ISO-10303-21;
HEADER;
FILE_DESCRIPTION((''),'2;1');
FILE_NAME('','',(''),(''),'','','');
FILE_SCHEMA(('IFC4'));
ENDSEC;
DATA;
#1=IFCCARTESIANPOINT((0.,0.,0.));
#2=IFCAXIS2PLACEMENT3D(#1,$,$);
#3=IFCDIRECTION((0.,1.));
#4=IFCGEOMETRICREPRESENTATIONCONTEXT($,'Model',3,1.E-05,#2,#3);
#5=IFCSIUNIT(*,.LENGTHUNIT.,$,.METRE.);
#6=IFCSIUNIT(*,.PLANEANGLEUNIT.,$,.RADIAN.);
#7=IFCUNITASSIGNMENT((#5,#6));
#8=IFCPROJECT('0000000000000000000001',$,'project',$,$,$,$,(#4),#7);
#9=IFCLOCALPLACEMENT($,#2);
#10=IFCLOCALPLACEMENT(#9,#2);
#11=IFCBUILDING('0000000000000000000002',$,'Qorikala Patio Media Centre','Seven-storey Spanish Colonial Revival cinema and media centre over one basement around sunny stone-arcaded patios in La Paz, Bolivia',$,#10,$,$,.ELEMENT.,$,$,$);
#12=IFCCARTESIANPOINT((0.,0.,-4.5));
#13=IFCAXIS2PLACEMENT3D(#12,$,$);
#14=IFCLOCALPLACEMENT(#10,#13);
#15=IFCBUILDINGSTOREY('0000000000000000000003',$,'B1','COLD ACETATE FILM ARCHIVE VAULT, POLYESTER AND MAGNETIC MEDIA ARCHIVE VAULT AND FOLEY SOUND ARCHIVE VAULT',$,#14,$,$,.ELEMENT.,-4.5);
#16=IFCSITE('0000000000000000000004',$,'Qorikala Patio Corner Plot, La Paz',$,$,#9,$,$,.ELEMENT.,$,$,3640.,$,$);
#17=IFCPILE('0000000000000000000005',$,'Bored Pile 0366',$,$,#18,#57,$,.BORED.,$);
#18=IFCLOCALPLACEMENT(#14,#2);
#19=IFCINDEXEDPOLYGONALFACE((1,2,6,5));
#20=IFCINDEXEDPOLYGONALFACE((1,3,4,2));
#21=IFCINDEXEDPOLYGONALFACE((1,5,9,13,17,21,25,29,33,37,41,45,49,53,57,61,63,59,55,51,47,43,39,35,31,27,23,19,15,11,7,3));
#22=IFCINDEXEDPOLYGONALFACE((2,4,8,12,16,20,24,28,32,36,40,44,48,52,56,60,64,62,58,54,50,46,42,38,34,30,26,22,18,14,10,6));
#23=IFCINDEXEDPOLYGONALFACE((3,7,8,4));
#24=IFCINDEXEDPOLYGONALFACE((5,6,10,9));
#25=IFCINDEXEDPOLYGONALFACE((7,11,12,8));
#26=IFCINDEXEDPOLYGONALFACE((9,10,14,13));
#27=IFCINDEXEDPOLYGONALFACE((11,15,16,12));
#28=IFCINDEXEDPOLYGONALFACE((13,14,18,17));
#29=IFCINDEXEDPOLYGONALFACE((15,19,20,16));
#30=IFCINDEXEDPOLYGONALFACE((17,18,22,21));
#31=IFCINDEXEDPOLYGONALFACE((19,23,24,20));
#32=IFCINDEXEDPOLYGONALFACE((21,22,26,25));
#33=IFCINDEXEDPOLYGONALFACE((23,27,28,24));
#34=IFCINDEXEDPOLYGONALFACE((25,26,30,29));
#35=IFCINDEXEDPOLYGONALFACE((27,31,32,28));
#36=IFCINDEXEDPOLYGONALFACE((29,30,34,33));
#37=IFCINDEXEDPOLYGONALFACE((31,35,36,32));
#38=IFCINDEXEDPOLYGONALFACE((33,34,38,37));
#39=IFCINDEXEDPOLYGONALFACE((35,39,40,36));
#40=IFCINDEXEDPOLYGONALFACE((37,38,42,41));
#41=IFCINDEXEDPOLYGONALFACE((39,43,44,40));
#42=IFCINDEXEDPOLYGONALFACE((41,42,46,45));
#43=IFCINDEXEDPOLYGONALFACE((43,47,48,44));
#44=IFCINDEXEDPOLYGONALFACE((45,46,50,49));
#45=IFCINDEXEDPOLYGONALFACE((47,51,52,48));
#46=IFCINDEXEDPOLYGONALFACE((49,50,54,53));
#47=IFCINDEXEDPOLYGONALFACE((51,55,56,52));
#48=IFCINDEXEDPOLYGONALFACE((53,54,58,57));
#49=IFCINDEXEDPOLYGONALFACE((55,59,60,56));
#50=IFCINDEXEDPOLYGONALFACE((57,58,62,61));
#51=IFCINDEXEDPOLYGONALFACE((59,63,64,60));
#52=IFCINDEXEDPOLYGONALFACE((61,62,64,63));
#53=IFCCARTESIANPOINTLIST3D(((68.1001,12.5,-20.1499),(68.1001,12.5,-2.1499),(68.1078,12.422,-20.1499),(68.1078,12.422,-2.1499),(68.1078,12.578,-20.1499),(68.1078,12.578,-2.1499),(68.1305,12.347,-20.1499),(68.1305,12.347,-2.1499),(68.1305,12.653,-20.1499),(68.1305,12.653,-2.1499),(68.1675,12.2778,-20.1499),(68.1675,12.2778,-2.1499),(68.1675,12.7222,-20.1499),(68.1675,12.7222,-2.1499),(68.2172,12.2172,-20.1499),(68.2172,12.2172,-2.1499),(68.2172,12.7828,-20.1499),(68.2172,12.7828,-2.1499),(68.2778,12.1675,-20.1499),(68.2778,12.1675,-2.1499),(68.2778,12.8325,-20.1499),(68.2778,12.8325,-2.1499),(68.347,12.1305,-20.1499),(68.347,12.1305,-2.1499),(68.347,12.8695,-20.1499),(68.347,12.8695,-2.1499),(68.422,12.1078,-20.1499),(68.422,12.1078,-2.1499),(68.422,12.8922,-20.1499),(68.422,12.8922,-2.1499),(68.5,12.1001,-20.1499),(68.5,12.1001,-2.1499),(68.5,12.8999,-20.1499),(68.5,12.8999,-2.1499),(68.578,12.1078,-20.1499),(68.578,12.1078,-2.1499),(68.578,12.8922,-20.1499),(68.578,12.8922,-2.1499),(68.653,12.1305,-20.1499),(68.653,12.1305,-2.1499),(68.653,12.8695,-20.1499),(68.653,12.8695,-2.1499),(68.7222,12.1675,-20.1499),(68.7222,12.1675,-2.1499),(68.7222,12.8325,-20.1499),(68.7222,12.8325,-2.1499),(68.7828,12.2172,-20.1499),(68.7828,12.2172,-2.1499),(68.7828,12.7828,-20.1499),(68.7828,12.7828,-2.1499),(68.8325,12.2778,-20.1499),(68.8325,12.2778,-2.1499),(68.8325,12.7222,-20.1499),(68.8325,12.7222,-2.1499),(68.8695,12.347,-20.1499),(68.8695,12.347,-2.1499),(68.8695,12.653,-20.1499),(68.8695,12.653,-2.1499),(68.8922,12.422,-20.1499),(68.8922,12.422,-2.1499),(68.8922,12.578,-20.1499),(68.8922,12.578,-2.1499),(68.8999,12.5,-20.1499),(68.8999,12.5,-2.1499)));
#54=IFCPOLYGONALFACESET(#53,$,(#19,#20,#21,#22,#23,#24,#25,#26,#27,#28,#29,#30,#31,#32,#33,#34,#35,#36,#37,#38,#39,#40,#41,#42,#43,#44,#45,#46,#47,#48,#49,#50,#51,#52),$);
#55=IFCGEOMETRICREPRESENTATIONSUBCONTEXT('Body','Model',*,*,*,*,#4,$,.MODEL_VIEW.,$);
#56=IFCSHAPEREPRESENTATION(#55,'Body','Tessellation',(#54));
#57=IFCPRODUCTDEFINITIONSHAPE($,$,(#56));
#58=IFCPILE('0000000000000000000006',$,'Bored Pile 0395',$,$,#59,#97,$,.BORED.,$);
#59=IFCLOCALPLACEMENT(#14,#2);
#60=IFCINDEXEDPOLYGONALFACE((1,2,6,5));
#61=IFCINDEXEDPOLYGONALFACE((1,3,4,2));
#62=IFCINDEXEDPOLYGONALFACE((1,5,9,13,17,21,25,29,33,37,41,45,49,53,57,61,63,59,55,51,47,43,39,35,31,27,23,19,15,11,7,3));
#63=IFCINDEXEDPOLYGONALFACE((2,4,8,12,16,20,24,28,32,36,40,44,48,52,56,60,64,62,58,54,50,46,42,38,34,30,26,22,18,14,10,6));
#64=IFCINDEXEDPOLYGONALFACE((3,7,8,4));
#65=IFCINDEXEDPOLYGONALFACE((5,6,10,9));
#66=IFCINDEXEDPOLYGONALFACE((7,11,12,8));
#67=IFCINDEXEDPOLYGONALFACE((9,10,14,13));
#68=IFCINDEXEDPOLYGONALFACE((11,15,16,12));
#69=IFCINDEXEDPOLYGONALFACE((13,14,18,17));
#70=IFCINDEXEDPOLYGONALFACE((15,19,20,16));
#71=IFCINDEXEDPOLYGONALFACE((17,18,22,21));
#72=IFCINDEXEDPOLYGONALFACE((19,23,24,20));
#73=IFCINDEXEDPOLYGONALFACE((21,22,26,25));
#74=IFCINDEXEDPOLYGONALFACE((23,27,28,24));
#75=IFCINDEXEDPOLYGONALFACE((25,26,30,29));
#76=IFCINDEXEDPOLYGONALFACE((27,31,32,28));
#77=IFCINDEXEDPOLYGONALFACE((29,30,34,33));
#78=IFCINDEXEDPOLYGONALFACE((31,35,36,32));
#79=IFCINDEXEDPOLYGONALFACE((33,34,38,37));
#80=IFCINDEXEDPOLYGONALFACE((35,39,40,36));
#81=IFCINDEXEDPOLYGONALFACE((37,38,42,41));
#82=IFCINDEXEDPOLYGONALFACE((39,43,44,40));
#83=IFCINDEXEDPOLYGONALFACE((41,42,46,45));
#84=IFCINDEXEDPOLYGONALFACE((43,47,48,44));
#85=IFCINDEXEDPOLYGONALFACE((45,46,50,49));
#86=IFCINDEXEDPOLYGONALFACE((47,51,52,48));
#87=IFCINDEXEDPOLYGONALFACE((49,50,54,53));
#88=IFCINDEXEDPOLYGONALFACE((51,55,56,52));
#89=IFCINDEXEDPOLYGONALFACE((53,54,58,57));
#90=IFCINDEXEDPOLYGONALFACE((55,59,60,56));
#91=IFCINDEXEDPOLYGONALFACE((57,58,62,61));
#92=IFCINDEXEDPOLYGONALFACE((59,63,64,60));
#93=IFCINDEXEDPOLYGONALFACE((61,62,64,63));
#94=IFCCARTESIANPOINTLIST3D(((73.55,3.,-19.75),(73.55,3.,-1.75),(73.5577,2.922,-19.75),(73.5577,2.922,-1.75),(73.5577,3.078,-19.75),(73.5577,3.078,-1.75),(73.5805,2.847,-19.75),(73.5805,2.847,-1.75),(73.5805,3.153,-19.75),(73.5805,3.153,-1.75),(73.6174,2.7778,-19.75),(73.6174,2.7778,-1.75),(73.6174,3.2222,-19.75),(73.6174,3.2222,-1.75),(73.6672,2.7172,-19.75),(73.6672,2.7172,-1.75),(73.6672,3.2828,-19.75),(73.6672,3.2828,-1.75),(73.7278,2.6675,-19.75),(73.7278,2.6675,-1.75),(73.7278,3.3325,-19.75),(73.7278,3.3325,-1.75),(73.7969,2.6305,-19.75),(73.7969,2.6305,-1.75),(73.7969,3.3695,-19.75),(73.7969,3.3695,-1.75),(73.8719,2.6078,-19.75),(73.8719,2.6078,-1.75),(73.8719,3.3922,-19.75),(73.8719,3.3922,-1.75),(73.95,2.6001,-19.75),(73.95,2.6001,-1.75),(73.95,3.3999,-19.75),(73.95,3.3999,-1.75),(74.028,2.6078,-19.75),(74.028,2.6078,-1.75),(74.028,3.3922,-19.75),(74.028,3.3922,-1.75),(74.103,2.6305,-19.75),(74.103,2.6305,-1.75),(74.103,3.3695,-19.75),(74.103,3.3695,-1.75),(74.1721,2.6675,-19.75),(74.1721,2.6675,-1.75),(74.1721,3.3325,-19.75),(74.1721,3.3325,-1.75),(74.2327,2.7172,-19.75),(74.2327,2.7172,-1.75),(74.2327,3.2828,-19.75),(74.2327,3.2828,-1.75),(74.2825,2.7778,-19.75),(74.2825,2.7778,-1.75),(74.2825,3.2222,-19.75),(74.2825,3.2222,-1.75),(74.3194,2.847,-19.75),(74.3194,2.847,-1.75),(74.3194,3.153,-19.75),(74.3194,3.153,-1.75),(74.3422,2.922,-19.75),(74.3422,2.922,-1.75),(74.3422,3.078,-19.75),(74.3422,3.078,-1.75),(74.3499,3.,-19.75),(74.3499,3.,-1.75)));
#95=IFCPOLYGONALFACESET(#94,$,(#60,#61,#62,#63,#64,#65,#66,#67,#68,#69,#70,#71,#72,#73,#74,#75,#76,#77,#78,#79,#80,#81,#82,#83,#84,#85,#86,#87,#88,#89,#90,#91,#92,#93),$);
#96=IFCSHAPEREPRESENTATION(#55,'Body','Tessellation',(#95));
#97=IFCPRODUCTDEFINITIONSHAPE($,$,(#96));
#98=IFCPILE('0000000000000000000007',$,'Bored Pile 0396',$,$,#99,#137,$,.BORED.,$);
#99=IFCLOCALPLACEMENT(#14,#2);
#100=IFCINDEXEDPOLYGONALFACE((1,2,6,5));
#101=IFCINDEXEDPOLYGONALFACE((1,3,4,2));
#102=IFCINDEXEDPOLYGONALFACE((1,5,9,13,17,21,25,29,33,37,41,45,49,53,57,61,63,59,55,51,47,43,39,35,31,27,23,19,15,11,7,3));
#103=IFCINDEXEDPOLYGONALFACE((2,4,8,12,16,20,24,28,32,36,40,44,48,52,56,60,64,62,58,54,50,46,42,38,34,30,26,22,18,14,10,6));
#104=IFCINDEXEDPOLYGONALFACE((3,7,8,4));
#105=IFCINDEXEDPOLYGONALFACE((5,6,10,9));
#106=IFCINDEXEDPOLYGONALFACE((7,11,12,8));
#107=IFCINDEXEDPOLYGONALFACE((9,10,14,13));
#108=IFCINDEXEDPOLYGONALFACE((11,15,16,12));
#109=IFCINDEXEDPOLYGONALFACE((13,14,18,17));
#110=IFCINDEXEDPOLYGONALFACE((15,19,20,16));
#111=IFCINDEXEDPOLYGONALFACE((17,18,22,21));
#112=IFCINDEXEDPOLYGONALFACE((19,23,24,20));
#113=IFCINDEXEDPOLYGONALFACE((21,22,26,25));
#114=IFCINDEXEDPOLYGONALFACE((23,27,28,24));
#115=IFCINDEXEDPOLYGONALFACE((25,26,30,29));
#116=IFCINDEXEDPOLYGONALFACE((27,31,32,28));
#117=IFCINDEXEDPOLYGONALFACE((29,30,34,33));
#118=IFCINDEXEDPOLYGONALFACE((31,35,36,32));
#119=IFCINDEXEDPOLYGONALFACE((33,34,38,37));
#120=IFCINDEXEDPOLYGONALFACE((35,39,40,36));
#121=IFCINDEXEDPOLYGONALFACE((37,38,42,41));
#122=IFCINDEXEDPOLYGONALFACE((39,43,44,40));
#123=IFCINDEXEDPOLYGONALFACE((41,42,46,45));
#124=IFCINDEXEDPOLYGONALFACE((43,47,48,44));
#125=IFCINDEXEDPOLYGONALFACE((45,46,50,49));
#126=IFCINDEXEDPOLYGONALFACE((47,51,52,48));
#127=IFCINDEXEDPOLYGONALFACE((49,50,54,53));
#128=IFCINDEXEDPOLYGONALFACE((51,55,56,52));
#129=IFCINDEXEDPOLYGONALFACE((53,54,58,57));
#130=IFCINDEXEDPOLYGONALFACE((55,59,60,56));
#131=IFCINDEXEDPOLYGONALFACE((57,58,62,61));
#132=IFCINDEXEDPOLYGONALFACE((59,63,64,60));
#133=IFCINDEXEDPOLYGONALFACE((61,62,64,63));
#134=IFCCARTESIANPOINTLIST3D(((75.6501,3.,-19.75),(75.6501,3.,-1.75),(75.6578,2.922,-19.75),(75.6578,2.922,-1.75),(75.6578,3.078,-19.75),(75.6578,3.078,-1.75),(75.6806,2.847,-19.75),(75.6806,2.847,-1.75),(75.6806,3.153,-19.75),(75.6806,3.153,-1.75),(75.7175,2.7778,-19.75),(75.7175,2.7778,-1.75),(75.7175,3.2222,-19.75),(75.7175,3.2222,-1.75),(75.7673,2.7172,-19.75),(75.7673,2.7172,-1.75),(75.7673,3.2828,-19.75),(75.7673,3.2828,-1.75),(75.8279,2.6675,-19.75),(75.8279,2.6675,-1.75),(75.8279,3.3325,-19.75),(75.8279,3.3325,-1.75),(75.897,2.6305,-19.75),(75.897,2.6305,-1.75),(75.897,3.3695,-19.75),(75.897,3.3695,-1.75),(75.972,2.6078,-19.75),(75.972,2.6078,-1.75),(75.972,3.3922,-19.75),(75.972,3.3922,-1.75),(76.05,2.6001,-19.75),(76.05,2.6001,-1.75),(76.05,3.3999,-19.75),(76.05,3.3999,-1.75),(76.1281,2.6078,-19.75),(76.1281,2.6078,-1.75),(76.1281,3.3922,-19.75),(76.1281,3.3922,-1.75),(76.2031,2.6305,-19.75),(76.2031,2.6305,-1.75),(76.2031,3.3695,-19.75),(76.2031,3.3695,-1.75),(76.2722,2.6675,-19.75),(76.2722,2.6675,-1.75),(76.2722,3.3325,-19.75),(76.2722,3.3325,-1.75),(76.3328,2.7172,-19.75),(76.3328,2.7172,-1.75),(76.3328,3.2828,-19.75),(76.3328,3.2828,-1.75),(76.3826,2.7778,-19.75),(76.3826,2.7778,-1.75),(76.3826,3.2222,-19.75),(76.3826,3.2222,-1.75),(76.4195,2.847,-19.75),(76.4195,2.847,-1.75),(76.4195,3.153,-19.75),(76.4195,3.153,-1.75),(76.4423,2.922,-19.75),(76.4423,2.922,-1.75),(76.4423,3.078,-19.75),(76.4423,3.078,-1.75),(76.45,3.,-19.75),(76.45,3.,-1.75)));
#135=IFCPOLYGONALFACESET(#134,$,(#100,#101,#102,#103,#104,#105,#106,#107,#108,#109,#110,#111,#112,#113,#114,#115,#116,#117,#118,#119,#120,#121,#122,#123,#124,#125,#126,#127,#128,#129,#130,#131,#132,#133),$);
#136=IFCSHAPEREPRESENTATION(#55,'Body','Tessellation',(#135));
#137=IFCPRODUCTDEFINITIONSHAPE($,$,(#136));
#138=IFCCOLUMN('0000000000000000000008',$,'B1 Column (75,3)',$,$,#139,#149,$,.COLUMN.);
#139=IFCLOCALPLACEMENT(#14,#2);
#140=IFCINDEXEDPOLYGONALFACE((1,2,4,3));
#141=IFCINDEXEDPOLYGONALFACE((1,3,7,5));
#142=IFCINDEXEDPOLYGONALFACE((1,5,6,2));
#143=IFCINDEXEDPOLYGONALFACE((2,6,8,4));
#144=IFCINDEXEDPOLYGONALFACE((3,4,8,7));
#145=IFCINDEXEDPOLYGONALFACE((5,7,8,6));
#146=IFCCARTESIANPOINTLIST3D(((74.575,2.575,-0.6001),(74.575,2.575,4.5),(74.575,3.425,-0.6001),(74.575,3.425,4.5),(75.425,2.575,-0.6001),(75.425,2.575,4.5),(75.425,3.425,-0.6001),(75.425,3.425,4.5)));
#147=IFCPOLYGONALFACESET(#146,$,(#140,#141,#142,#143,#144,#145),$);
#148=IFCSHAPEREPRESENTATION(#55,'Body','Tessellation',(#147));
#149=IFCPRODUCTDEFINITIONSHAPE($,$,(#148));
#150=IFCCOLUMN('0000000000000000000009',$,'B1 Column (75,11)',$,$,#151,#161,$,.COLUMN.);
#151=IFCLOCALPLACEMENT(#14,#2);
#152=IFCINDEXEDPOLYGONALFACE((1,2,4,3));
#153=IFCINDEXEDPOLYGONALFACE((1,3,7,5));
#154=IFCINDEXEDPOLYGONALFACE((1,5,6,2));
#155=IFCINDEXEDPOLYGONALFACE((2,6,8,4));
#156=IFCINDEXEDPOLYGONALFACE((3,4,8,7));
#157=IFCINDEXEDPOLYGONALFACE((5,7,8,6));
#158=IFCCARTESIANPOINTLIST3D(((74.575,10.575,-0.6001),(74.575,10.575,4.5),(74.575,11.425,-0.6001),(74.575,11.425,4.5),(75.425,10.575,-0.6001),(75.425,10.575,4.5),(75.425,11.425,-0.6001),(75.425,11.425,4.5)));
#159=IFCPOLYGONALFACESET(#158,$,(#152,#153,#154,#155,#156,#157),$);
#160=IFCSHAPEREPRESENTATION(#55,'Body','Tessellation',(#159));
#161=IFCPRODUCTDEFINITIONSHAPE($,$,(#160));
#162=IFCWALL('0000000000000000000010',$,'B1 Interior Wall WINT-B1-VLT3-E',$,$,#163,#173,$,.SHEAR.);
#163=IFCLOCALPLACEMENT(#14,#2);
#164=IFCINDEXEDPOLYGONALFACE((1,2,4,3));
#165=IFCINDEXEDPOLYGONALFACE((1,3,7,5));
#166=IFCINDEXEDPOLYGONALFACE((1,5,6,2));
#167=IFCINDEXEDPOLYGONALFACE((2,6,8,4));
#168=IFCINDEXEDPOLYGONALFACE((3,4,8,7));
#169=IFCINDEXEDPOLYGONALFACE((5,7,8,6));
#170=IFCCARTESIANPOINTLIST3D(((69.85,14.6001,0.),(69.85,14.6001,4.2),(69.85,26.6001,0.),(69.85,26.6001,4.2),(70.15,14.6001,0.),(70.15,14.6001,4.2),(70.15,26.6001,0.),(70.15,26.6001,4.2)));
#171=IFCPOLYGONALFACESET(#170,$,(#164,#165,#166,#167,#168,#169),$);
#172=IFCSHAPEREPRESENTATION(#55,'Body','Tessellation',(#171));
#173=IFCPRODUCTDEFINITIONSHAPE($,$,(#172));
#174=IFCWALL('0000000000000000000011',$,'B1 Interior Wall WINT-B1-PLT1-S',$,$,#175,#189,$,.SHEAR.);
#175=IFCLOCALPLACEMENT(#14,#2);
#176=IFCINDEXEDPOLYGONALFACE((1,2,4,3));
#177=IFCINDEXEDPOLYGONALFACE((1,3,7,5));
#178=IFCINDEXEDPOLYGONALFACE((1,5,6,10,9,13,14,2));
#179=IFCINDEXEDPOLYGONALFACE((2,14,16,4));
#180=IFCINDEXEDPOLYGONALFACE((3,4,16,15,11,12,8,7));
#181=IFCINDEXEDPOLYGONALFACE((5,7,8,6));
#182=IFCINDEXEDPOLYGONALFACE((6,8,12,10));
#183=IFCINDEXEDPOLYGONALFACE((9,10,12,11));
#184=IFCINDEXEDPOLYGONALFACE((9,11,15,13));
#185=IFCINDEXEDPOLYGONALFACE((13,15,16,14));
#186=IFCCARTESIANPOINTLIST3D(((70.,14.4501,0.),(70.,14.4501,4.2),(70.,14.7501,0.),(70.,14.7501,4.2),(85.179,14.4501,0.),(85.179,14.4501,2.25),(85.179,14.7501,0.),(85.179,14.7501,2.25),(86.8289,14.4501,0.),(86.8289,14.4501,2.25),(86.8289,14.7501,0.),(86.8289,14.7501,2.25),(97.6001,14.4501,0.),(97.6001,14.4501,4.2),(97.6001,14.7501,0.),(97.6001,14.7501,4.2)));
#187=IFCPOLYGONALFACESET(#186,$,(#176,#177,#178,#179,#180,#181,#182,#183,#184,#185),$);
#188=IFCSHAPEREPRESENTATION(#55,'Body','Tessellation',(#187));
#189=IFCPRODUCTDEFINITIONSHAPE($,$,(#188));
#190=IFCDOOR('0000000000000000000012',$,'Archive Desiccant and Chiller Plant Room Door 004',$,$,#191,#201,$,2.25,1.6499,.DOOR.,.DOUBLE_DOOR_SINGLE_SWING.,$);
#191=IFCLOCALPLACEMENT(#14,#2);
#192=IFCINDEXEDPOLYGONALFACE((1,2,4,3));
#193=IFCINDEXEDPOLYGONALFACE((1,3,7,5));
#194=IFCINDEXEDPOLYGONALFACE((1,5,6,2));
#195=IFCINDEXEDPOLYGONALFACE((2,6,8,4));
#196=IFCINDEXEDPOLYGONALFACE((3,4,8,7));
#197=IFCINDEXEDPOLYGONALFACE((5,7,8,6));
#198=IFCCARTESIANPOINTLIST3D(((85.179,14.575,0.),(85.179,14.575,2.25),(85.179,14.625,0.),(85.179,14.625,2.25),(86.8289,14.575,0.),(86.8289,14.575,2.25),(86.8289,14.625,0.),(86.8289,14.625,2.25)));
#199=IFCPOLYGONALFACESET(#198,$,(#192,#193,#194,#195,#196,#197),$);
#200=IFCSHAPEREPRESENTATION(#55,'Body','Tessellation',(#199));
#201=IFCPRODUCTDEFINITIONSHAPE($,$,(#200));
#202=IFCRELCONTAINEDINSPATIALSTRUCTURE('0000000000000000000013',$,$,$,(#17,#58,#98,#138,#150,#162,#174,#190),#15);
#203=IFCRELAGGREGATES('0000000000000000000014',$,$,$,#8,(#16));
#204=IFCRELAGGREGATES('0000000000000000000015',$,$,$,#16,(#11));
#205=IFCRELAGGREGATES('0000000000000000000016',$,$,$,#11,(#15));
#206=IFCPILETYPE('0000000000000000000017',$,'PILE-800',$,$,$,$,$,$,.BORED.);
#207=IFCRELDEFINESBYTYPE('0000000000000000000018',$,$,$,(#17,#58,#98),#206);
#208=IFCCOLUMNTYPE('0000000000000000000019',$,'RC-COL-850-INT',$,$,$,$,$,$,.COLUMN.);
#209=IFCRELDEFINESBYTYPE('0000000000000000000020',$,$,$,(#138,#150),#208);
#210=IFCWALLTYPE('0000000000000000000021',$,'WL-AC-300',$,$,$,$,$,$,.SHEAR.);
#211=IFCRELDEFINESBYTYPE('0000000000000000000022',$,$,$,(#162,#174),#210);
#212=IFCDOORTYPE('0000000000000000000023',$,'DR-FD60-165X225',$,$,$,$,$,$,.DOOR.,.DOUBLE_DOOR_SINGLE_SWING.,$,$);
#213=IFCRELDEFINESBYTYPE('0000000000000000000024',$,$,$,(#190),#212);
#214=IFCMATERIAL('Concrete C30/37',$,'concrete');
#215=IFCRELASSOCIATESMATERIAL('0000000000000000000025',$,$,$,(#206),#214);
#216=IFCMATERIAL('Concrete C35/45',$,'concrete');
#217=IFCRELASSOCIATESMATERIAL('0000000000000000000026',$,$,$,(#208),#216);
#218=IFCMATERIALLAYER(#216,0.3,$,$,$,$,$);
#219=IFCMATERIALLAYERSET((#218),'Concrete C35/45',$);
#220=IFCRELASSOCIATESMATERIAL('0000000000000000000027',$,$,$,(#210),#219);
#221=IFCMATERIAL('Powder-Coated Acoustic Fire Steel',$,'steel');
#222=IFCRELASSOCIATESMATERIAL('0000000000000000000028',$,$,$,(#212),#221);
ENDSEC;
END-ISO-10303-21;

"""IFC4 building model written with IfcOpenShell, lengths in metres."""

from ifc_helpers import new_model, si_unit, direction, frame, frame_2d, origin, origin_2d, place, context, subcontext, project, spatial, rectangle, circle, extrude, material, layer, layer_set, material_profile, profile_set, type_object, element, fill, save


model = new_model("IFC4")

# Units and contexts
model_context = context("Model", 3, precision=1e-05, world=origin(), true_north=direction((0.0, 1.0)))
body_context = subcontext(model_context, "Body", "Model", "MODEL_VIEW")
ifc_project = project(units=[si_unit("LENGTHUNIT", "METRE"), si_unit("PLANEANGLEUNIT", "RADIAN")], contexts=[model_context])

# Site, building, storey
site_placement = place(None, origin())
site = spatial("IfcSite", under=ifc_project, at=site_placement, Name="Qorikala Patio Corner Plot, La Paz", CompositionType="ELEMENT", RefElevation=3640.0)
building_placement = place(site_placement, origin())
building = spatial("IfcBuilding", under=site, at=building_placement, Name="Qorikala Patio Media Centre", Description="Seven-storey Spanish Colonial Revival cinema and media centre over one basement around sunny stone-arcaded patios in La Paz, Bolivia", CompositionType="ELEMENT")
storey_placement = place(building_placement, frame((0.0, 0.0, -4.5)))
storey = spatial("IfcBuildingStorey", under=building, at=storey_placement, Name="B1", Description="COLD ACETATE FILM ARCHIVE VAULT, POLYESTER AND MAGNETIC MEDIA ARCHIVE VAULT AND FOLEY SOUND ARCHIVE VAULT", CompositionType="ELEMENT", Elevation=-4.5)

# Shared definitions
ifc_material_1 = material(Name="Concrete C30/37", Category="concrete")

# Piles
ifc_material_profile_1 = material_profile(ifc_material_1, circle(Radius=0.3999, at=origin_2d()), Name="BORED PILE 800")
ifc_profile_set_1 = profile_set([ifc_material_profile_1], Name="Concrete C30/37")
pile_type_1 = type_object("IfcPileType", Name="PILE-800", PredefinedType="BORED", material=ifc_profile_set_1)
for number, where, z_axis, x_axis, name in (
    (1, (68.5, 12.5, -2.1499), (0.0, 0.0, -1.0), (1.0, 0.0, 0.0), "Bored Pile 0366"),
    (2, (73.95, 3.0, -1.75), (0.0, 0.0, -1.0), (1.0, 0.0, 0.0), "Bored Pile 0395"),
    (3, (76.05, 3.0, -1.75), (0.0, 0.0, -1.0), (1.0, 0.0, 0.0), "Bored Pile 0396"),
):
    element("IfcPile", number, at=place(storey_placement, frame(where, z_axis=z_axis, x_axis=x_axis)), inside=storey, type_object=pile_type_1, Name=name, PredefinedType="BORED", context=body_context, shape_type="SweptSolid", body=[
        extrude(circle(Radius=0.3999, at=origin_2d()), origin(), (0.0, 0.0, 1.0), 18.0),
    ])

# Columns
ifc_material_2 = material(Name="Concrete C35/45", Category="concrete")
ifc_material_profile_2 = material_profile(ifc_material_2, rectangle(XDim=0.8501, YDim=0.8501, at=origin_2d()), Name="RC 850x850")
ifc_profile_set_2 = profile_set([ifc_material_profile_2], Name="Concrete C35/45")
column_type = type_object("IfcColumnType", Name="RC-COL-850-INT", PredefinedType="COLUMN", material=ifc_profile_set_2)
for number, where, z_axis, x_axis, name in (
    (4, (75.0, 3.0, -0.6001), (0.0, 0.0, 1.0), (1.0, 0.0, 0.0), "B1 Column (75,3)"),
    (5, (75.0, 11.0, -0.6001), (0.0, 0.0, 1.0), (1.0, 0.0, 0.0), "B1 Column (75,11)"),
):
    element("IfcColumn", number, at=place(storey_placement, frame(where, z_axis=z_axis, x_axis=x_axis)), inside=storey, type_object=column_type, Name=name, PredefinedType="COLUMN", context=body_context, shape_type="SweptSolid", body=[
        extrude(rectangle(XDim=0.8501, YDim=0.8501, at=origin_2d()), origin(), (0.0, 0.0, 1.0), 5.1001),
    ])

# Wall
ifc_layer_1 = layer(ifc_material_2, 0.3)
ifc_layer_set_1 = layer_set([ifc_layer_1], Name="Concrete C35/45")
wall_type_1 = type_object("IfcWallType", Name="WL-AC-300", PredefinedType="SHEAR", material=ifc_layer_set_1)
wall_1_placement = place(storey_placement, frame((70.0, 14.6001, 0.0), z_axis=(0.0, 0.0, 1.0), x_axis=(0.0, 1.0, 0.0)))
element("IfcWall", 6, at=wall_1_placement, inside=storey, type_object=wall_type_1, Name="B1 Interior Wall WINT-B1-VLT3-E", PredefinedType="SHEAR", context=body_context, shape_type="SweptSolid", body=[
    extrude(rectangle(XDim=12.0, YDim=0.3, at=frame_2d((6.0, 0.0))), origin(), (0.0, 0.0, 1.0), 4.2),
])

# Wall, opening, door
wall_2_placement = place(storey_placement, frame((70.0, 14.6001, 0.0), z_axis=(0.0, 0.0, 1.0), x_axis=(1.0, 0.0, 0.0)))
wall_2 = element("IfcWall", 7, at=wall_2_placement, inside=storey, type_object=wall_type_1, Name="B1 Interior Wall WINT-B1-PLT1-S", PredefinedType="SHEAR", context=body_context, shape_type="SweptSolid", body=[
    extrude(rectangle(XDim=27.6001, YDim=0.3, at=frame_2d((13.8, 0.0))), origin(), (0.0, 0.0, 1.0), 4.2),
])
opening_1_placement = place(wall_2_placement, frame((15.179, 0.0, 0.0)))
opening_1 = element("IfcOpeningElement", 8, at=opening_1_placement, cuts=wall_2, PredefinedType="OPENING", context=body_context, shape_type="SweptSolid", body=[
    extrude(rectangle(XDim=1.6499, YDim=2.25, at=frame_2d((0.825, 1.125))), frame((0.0, 0.1599, 0.0), z_axis=(0.0, -1.0, 0.0), x_axis=(1.0, 0.0, 0.0)), (0.0, 0.0, 1.0), 0.3201),
])
ifc_material_3 = material(Name="Powder-Coated Acoustic Fire Steel", Category="steel")
door_type_1 = type_object("IfcDoorType", Name="DR-FD60-165X225", OperationType="DOUBLE_DOOR_SINGLE_SWING", PredefinedType="DOOR", material=ifc_material_3)
door_1_placement = place(opening_1_placement, origin())
door_1 = element("IfcDoor", 9, at=door_1_placement, inside=storey, type_object=door_type_1, Name="Archive Desiccant and Chiller Plant Room Door 004", OperationType="DOUBLE_DOOR_SINGLE_SWING", OverallHeight=2.25, OverallWidth=1.6499, PredefinedType="DOOR", context=body_context, shape_type="SweptSolid", body=[
    extrude(rectangle(XDim=1.6499, YDim=2.25, at=frame_2d((0.825, 1.125))), frame((0.0, 0.0249, 0.0), z_axis=(0.0, -1.0, 0.0), x_axis=(1.0, 0.0, 0.0)), (0.0, 0.0, 1.0), 0.05),
])
fill(opening_1, door_1)

save(model, "model.ifc")
